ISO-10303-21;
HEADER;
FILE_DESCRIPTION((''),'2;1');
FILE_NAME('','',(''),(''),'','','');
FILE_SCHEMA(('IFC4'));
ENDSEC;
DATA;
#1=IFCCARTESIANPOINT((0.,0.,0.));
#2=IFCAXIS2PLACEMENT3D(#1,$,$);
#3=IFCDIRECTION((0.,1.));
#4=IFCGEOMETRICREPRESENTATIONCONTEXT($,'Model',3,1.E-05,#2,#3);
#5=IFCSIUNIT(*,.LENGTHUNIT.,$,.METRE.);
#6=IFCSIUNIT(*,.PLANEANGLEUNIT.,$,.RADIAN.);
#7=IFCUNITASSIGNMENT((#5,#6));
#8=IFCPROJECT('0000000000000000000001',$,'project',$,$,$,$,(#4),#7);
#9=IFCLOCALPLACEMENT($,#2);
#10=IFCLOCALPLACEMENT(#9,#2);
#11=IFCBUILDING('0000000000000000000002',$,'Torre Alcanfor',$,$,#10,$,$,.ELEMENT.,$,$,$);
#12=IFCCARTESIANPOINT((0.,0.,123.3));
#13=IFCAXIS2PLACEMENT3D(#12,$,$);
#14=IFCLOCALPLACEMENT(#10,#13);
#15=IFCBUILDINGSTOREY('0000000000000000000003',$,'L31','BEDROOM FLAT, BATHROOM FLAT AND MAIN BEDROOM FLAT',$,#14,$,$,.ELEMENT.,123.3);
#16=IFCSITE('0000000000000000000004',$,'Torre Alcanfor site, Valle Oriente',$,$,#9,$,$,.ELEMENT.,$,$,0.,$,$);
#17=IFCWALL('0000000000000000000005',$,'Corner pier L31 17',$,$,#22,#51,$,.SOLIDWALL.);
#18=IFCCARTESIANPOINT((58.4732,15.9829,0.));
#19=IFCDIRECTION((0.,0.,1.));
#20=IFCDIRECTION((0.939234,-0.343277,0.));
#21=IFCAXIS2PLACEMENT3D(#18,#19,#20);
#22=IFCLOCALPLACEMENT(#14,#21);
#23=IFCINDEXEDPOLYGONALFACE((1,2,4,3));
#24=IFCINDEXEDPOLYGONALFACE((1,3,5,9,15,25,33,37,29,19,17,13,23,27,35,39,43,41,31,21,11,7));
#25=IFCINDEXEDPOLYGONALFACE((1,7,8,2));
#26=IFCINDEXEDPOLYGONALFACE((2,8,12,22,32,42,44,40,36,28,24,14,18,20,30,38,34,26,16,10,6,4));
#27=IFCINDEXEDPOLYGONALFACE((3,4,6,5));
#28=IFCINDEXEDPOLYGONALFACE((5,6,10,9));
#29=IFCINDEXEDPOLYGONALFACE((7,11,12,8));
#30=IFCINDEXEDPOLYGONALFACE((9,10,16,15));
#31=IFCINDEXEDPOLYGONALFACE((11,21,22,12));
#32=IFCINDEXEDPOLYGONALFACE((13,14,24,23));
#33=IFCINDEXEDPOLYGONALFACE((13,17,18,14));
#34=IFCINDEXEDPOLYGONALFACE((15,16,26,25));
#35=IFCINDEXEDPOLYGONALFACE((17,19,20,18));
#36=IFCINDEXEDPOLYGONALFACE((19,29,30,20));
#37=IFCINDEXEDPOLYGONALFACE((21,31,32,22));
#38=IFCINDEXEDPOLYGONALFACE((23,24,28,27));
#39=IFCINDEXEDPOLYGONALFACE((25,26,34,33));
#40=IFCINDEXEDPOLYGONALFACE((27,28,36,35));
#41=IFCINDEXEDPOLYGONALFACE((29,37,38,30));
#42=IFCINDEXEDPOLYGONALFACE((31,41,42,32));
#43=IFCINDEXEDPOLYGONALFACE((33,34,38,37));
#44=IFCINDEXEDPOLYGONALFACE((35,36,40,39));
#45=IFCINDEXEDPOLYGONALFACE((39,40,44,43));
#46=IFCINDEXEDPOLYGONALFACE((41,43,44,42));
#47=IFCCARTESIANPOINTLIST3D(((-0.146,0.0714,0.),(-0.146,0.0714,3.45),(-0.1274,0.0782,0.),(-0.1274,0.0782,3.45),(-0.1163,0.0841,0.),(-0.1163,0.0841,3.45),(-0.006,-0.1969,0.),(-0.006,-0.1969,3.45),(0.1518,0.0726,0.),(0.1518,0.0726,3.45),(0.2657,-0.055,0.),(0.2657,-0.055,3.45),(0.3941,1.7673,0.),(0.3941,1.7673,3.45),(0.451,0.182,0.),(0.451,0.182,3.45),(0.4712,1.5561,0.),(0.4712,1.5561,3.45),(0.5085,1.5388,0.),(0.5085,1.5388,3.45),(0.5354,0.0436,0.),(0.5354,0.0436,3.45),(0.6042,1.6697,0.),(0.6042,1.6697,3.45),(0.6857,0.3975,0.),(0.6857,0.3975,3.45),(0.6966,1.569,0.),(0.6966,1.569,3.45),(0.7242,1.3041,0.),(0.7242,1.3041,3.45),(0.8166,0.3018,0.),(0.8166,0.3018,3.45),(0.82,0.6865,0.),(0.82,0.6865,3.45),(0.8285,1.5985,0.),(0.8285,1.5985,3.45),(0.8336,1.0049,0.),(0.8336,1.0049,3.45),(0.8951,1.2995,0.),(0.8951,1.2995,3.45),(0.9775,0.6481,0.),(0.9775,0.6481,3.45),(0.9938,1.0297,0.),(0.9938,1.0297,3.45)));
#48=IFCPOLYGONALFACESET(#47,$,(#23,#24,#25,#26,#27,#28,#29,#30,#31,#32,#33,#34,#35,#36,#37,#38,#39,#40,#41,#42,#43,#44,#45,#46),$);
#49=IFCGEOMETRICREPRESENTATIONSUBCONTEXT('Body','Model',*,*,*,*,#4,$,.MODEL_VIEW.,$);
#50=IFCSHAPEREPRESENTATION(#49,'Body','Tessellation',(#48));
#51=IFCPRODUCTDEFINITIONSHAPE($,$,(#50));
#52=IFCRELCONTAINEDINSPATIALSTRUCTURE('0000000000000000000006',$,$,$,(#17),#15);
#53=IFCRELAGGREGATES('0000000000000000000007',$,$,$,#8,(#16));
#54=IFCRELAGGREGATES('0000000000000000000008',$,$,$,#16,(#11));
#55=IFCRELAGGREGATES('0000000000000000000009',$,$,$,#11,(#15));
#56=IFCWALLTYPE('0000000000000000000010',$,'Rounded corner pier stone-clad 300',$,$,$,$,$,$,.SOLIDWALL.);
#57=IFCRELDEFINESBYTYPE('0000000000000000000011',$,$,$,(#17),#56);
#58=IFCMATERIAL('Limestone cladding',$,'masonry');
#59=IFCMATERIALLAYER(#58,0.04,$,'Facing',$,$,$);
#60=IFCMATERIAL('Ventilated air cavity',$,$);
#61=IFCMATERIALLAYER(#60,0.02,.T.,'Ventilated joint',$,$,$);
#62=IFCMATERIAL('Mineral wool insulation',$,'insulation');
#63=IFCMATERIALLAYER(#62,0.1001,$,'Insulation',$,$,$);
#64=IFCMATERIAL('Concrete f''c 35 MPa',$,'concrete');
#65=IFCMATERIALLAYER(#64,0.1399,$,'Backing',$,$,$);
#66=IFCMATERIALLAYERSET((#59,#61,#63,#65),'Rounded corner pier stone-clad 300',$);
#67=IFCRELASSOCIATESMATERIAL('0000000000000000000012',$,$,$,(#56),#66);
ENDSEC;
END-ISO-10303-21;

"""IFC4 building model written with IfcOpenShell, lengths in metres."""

from ifc_helpers import new_model, si_unit, direction, frame, origin, place, context, subcontext, project, spatial, polyline, outline, extrude, material, layer, layer_set, type_object, element, save


model = new_model("IFC4")

# Units and contexts
model_context = context("Model", 3, precision=1e-05, world=origin(), true_north=direction((0.0, 1.0)))
body_context = subcontext(model_context, "Body", "Model", "MODEL_VIEW")
ifc_project = project(units=[si_unit("LENGTHUNIT", "METRE"), si_unit("PLANEANGLEUNIT", "RADIAN")], contexts=[model_context])

# Site, building, storey
site_placement = place(None, origin())
site = spatial("IfcSite", under=ifc_project, at=site_placement, Name="Torre Alcanfor site, Valle Oriente", CompositionType="ELEMENT", RefElevation=0.0)
building_placement = place(site_placement, origin())
building = spatial("IfcBuilding", under=site, at=building_placement, Name="Torre Alcanfor", CompositionType="ELEMENT")
storey_placement = place(building_placement, frame((0.0, 0.0, 123.3)))
storey = spatial("IfcBuildingStorey", under=building, at=storey_placement, Name="L31", Description="BEDROOM FLAT, BATHROOM FLAT AND MAIN BEDROOM FLAT", CompositionType="ELEMENT", Elevation=123.3)

# Wall
ifc_material_1 = material(Name="Limestone cladding", Category="masonry")
ifc_layer_1 = layer(ifc_material_1, 0.04, Name="Facing")
ifc_material_2 = material(Name="Ventilated air cavity")
ifc_layer_2 = layer(ifc_material_2, 0.02, ventilated=True, Name="Ventilated joint")
ifc_material_3 = material(Name="Mineral wool insulation", Category="insulation")
ifc_layer_3 = layer(ifc_material_3, 0.1001, Name="Insulation")
ifc_material_4 = material(Name="Concrete f'c 35 MPa", Category="concrete")
ifc_layer_4 = layer(ifc_material_4, 0.1399, Name="Backing")
ifc_layer_set_1 = layer_set([ifc_layer_1, ifc_layer_2, ifc_layer_3, ifc_layer_4], Name="Rounded corner pier stone-clad 300")
wall_type_1 = type_object("IfcWallType", Name="Rounded corner pier stone-clad 300", PredefinedType="SOLIDWALL", material=ifc_layer_set_1)
wall_1_placement = place(storey_placement, frame((58.4732, 15.9829, 0.0), z_axis=(0.0, 0.0, 1.0), x_axis=(0.939234, -0.343277, 0.0)))
element("IfcWall", 1, at=wall_1_placement, inside=storey, type_object=wall_type_1, Name="Corner pier L31 17", PredefinedType="SOLIDWALL", context=body_context, shape_type="SweptSolid", body=[
    extrude(outline(polyline([(0.8285, 1.5985), (0.6966, 1.569), (0.6042, 1.6697), (0.3941, 1.7673), (0.4712, 1.5561), (0.5085, 1.5388), (0.7242, 1.3041), (0.8336, 1.0049), (0.82, 0.6865), (0.6857, 0.3975), (0.451, 0.182), (0.1518, 0.0726), (-0.1163, 0.0841), (-0.1274, 0.0782), (-0.146, 0.0714), (-0.006, -0.1969), (0.2657, -0.055), (0.5354, 0.0436), (0.8166, 0.3018), (0.9775, 0.6481), (0.9938, 1.0297), (0.8951, 1.2995), (0.8285, 1.5985)])), origin(), (0.0, 0.0, 1.0), 3.45),
])

save(model, "model.ifc")
